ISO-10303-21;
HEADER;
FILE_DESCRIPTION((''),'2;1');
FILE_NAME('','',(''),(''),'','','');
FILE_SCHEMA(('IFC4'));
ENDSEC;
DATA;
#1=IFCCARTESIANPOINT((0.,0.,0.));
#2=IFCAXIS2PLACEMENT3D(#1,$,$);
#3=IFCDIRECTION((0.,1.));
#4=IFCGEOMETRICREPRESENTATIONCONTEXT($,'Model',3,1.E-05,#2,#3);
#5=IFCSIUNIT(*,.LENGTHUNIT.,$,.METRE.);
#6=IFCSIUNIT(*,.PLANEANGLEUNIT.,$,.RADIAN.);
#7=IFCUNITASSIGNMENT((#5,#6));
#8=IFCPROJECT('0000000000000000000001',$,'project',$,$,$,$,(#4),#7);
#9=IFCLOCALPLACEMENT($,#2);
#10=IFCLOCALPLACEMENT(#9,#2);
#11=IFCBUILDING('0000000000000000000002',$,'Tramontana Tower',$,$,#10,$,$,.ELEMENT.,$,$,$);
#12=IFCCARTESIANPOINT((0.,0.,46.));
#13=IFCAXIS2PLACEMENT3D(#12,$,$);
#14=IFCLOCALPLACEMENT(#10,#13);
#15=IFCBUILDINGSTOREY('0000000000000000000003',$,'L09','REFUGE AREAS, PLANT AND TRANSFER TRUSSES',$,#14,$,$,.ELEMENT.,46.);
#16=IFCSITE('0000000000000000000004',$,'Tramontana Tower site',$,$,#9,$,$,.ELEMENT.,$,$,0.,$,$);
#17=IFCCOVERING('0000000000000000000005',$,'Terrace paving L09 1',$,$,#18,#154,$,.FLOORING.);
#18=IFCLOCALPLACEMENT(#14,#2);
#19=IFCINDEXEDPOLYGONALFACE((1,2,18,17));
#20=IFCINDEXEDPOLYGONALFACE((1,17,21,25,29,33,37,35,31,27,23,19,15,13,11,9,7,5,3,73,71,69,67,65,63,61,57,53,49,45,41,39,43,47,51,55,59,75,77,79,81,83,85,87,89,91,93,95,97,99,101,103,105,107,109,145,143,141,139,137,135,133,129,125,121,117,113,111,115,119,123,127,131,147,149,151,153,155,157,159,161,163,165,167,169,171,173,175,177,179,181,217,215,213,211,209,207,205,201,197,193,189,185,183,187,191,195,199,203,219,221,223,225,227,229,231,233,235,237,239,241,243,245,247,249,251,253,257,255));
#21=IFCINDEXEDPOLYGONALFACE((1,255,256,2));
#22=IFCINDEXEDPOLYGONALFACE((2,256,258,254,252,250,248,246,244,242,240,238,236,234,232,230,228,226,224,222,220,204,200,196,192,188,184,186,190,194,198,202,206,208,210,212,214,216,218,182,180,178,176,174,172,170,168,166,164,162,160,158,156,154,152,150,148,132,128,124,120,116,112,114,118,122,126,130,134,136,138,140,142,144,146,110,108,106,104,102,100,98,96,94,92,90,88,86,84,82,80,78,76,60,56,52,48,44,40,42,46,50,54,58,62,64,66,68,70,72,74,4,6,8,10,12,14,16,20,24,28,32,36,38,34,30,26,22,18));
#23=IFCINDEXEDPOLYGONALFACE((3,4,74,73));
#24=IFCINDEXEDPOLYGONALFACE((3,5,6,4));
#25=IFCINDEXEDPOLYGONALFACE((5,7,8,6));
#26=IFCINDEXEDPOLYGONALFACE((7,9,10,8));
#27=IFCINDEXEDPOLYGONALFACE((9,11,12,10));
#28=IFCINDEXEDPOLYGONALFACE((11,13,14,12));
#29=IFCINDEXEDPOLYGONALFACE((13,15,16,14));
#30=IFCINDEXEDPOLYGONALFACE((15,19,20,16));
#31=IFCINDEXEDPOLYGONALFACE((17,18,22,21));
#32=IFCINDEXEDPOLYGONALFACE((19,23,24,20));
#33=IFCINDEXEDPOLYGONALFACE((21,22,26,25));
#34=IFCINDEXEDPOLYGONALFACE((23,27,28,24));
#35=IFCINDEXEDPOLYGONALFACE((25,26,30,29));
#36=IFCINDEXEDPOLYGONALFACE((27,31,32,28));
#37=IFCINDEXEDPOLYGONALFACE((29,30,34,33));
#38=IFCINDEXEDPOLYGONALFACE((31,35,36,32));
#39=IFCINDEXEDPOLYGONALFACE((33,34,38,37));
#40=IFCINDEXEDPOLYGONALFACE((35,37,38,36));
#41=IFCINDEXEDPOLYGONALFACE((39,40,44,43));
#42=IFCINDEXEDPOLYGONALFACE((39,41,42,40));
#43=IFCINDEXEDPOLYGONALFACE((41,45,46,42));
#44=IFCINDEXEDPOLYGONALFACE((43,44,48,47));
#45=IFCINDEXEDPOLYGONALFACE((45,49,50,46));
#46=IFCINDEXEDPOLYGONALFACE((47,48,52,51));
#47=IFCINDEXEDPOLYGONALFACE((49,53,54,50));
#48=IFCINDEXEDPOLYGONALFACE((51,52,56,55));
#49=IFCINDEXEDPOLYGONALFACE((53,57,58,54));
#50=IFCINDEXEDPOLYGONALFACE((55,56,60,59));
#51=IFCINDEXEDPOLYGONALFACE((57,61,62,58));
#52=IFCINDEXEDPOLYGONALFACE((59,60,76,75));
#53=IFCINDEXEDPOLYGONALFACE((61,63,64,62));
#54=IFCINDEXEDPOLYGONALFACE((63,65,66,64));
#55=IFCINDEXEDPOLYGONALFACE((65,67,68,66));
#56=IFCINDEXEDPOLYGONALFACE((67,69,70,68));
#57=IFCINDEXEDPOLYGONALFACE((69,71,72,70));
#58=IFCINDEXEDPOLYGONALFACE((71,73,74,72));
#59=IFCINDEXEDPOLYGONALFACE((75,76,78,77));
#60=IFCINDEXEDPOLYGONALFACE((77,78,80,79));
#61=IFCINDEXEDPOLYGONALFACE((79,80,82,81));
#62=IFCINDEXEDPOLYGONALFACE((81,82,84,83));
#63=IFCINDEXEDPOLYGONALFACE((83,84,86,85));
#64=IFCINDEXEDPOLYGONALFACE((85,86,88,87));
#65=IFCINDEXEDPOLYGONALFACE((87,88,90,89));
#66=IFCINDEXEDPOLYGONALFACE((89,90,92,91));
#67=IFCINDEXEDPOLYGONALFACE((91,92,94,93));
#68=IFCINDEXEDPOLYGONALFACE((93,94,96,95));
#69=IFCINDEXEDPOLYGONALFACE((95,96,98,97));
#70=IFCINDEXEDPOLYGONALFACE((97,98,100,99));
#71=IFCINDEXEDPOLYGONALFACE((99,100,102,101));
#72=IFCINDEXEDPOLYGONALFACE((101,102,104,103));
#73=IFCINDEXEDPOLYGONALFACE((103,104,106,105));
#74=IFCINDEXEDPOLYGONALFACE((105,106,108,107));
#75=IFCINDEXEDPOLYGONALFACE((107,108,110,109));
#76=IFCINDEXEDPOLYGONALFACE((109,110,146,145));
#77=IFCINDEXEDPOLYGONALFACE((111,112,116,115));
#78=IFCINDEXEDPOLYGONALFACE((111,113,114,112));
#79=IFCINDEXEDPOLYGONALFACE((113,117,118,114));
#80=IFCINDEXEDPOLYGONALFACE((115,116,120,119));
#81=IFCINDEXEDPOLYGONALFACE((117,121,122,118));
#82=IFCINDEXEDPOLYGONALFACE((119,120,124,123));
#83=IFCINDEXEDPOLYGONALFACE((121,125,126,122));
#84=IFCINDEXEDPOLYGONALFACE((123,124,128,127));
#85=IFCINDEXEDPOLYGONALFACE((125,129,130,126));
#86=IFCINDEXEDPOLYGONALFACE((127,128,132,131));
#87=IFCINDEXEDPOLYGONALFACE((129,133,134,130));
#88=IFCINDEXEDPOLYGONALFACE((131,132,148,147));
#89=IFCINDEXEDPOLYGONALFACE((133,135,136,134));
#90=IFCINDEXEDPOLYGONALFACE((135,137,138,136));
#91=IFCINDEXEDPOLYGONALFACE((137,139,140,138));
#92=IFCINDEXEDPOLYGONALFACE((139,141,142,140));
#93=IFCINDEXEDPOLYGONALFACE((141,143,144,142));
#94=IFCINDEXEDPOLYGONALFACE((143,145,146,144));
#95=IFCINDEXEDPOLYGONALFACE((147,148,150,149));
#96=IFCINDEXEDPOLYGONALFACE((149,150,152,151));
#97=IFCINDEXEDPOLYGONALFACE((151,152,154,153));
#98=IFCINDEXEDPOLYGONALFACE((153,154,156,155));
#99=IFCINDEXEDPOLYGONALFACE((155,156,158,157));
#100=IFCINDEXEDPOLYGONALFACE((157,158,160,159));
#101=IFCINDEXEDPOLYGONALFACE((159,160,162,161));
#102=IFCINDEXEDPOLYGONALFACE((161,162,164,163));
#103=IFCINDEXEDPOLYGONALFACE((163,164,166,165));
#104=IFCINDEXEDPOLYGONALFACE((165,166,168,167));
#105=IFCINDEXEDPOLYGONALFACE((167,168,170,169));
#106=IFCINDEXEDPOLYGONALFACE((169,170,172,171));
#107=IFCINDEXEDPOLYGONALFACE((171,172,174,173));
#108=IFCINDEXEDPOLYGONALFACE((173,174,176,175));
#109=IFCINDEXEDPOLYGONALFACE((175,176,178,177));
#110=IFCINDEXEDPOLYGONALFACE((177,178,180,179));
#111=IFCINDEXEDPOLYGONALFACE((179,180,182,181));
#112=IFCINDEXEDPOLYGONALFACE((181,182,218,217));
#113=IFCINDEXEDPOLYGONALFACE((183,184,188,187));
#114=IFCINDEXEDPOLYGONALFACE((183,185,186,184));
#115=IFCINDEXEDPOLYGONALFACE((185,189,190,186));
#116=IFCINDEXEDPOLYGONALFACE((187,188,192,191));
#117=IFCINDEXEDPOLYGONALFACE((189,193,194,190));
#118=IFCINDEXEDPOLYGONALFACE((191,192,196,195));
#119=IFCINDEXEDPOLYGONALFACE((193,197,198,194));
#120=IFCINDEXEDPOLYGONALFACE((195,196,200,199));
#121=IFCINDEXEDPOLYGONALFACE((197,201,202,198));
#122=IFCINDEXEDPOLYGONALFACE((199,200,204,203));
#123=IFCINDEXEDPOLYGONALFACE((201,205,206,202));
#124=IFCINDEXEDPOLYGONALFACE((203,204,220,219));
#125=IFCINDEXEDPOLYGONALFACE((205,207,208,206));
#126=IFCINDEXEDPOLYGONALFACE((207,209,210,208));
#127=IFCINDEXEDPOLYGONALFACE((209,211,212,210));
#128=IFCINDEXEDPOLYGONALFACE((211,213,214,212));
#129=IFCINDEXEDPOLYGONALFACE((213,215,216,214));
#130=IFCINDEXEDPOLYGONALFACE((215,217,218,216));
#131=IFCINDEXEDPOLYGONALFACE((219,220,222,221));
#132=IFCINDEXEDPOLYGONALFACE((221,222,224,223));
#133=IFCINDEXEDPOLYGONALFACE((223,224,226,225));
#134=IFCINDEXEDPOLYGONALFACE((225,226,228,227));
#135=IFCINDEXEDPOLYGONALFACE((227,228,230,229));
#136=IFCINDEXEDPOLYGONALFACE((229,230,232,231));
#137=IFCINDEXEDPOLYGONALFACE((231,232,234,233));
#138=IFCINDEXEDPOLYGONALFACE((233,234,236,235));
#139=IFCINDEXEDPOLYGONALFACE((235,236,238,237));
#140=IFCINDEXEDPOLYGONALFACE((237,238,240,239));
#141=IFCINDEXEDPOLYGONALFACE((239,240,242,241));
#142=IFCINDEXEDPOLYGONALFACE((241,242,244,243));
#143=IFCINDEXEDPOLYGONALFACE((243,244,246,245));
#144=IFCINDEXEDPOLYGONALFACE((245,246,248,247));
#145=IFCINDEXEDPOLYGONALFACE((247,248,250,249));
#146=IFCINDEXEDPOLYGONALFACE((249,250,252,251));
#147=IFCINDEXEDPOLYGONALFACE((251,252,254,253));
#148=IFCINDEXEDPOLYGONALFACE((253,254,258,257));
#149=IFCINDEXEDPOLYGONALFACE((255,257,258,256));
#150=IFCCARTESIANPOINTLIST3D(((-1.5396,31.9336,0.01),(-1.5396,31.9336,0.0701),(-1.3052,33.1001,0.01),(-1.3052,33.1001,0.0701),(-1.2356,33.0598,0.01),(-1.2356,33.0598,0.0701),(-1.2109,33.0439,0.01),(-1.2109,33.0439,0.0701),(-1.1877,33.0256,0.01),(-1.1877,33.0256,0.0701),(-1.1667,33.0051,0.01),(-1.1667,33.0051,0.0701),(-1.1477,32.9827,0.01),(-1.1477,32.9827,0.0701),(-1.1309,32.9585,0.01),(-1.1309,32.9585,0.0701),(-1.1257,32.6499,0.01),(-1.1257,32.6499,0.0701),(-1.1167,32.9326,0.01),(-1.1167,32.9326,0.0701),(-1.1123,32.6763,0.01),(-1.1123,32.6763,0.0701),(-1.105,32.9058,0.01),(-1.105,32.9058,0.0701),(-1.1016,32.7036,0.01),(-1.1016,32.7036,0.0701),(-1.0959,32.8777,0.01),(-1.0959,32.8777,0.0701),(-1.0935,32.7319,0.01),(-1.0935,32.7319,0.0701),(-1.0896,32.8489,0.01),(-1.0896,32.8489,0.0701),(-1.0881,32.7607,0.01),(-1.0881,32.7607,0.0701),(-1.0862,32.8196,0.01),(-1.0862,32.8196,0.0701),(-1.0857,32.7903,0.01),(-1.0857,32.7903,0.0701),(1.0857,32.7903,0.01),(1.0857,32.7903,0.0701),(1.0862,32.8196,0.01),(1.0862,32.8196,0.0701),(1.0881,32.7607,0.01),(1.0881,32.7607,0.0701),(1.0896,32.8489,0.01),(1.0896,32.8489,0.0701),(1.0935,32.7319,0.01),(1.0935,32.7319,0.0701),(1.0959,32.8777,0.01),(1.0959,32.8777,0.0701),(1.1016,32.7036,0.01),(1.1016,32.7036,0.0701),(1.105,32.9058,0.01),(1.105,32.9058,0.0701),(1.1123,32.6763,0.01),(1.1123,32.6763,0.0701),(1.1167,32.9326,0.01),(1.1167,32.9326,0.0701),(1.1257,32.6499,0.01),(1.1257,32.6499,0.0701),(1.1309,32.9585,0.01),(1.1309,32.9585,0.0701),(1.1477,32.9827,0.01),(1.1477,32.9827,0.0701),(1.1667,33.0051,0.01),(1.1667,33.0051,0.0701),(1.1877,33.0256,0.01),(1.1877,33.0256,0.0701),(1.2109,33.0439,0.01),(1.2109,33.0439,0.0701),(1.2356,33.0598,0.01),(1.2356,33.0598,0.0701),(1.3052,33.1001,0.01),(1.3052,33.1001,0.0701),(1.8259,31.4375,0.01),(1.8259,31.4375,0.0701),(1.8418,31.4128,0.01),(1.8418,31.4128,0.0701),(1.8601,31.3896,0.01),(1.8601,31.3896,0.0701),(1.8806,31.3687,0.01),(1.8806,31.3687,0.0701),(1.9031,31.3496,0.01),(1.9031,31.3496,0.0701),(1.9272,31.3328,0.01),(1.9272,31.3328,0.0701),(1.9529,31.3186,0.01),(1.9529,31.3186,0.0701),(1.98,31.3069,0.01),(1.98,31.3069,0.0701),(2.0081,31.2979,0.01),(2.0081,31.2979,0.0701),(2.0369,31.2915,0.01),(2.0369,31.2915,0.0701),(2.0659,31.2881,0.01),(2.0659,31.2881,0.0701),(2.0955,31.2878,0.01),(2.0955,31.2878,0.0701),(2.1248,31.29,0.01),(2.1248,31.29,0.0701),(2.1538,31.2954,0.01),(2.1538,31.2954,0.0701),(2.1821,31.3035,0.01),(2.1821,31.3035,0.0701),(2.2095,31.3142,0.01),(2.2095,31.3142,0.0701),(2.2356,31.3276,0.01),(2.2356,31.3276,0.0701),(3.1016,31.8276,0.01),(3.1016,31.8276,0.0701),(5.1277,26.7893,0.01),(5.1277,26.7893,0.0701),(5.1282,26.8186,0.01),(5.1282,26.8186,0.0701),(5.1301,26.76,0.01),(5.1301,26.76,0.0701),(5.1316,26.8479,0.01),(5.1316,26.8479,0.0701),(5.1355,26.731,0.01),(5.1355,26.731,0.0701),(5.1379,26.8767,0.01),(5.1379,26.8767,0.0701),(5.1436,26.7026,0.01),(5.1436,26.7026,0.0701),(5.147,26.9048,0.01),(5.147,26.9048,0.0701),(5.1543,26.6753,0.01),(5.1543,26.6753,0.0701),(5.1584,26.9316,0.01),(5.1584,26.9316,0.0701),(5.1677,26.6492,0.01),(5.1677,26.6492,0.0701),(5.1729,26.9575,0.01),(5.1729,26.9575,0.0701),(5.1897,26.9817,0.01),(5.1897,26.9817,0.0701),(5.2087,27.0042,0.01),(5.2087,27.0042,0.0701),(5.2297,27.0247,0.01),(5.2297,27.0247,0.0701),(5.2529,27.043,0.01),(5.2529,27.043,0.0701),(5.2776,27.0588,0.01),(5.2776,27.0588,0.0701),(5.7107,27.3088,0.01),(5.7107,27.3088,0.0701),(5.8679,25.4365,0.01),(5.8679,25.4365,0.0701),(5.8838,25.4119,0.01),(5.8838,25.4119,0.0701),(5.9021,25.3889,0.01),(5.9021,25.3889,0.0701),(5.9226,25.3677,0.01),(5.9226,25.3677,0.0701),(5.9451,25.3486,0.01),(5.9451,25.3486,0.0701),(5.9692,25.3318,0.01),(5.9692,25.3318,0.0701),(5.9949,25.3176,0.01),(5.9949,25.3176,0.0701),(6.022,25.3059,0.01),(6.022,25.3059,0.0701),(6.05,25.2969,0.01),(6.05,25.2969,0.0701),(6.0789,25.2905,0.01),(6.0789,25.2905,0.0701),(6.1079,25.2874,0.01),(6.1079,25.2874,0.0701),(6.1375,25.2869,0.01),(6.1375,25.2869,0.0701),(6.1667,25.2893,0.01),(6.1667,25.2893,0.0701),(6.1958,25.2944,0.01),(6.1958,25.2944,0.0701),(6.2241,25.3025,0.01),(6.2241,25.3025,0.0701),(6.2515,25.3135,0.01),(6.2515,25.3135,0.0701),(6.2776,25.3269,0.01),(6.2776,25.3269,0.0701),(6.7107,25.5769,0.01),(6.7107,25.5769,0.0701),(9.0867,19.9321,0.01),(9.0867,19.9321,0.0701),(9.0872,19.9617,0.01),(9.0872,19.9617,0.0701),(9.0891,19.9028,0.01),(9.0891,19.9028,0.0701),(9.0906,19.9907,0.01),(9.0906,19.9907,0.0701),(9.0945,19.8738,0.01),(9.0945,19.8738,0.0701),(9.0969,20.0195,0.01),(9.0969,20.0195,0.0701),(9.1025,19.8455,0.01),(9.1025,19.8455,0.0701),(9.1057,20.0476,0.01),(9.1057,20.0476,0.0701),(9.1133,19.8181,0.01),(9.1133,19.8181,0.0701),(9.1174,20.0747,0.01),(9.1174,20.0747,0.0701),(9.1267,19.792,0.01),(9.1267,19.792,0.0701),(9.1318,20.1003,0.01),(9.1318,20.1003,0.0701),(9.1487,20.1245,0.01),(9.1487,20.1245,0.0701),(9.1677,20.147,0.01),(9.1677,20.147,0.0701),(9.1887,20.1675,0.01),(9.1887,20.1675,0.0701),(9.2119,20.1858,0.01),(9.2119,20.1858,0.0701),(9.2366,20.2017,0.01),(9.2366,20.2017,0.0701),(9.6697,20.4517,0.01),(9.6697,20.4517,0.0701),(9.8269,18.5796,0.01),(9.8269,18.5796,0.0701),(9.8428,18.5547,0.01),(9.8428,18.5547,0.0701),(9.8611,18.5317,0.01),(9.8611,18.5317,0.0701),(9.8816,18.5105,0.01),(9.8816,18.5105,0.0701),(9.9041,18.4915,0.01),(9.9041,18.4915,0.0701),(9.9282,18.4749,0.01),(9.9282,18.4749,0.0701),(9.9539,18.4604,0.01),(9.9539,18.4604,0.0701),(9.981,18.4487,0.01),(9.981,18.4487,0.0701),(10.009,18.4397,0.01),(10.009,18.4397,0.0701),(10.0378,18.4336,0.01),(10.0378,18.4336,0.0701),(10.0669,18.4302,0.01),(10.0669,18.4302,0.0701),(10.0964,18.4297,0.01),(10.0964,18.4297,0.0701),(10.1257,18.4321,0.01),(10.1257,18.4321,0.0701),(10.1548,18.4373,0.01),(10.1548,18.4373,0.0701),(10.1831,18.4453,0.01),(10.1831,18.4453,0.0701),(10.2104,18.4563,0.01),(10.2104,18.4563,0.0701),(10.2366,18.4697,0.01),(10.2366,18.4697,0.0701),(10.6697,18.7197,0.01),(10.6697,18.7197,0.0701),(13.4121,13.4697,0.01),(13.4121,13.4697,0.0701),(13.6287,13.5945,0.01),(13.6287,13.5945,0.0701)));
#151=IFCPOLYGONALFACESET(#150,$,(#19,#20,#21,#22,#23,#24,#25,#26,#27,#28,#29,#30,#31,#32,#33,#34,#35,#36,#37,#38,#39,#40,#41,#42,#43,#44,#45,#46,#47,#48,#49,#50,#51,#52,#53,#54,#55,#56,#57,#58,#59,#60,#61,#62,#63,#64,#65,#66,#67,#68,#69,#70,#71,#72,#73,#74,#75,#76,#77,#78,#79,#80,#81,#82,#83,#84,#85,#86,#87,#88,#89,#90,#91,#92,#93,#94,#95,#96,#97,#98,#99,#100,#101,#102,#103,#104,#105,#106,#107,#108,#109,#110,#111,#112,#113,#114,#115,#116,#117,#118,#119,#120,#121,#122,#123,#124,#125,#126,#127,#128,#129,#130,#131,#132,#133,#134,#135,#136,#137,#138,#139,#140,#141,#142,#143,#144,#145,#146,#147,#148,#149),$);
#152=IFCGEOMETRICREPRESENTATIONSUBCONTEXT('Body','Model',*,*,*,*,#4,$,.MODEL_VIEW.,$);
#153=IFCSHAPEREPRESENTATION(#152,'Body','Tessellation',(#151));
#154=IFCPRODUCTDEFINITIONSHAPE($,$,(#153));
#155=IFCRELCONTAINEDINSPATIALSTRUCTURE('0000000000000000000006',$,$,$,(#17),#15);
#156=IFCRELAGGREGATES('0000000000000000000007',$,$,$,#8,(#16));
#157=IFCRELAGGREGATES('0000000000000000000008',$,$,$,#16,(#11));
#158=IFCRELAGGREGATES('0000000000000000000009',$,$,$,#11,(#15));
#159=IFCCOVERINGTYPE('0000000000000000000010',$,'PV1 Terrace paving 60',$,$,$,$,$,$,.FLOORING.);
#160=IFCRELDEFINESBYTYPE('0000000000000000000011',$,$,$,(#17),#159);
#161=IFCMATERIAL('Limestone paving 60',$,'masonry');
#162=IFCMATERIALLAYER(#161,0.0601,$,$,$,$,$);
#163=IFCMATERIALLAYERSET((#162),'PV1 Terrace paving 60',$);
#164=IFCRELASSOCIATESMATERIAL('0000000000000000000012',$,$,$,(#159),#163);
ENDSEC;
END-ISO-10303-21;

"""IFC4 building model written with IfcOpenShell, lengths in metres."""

from ifc_helpers import new_model, si_unit, direction, frame, origin, place, context, subcontext, project, spatial, polyline, outline, extrude, material, layer, layer_set, type_object, element, save


model = new_model("IFC4")

# Units and contexts
model_context = context("Model", 3, precision=1e-05, world=origin(), true_north=direction((0.0, 1.0)))
body_context = subcontext(model_context, "Body", "Model", "MODEL_VIEW")
ifc_project = project(units=[si_unit("LENGTHUNIT", "METRE"), si_unit("PLANEANGLEUNIT", "RADIAN")], contexts=[model_context])

# Site, building, storey
site_placement = place(None, origin())
site = spatial("IfcSite", under=ifc_project, at=site_placement, Name="Tramontana Tower site", CompositionType="ELEMENT", RefElevation=0.0)
building_placement = place(site_placement, origin())
building = spatial("IfcBuilding", under=site, at=building_placement, Name="Tramontana Tower", CompositionType="ELEMENT")
storey_placement = place(building_placement, frame((0.0, 0.0, 46.0)))
storey = spatial("IfcBuildingStorey", under=building, at=storey_placement, Name="L09", Description="REFUGE AREAS, PLANT AND TRANSFER TRUSSES", CompositionType="ELEMENT", Elevation=46.0)

# Covering
ifc_material_1 = material(Name="Limestone paving 60", Category="masonry")
ifc_layer_1 = layer(ifc_material_1, 0.0601)
ifc_layer_set_1 = layer_set([ifc_layer_1], Name="PV1 Terrace paving 60")
covering_type_1 = type_object("IfcCoveringType", Name="PV1 Terrace paving 60", PredefinedType="FLOORING", material=ifc_layer_set_1)
covering_1_placement = place(storey_placement, frame((0.0, 0.0, 0.01)))
element("IfcCovering", 1, at=covering_1_placement, inside=storey, type_object=covering_type_1, Name="Terrace paving L09 1", PredefinedType="FLOORING", context=body_context, shape_type="SweptSolid", body=[
    extrude(outline(polyline([(1.3052, 33.1001), (1.2356, 33.0598), (1.2109, 33.0439), (1.1877, 33.0256), (1.1667, 33.0051), (1.1477, 32.9827), (1.1309, 32.9585), (1.1167, 32.9326), (1.105, 32.9058), (1.0959, 32.8777), (1.0896, 32.8489), (1.0862, 32.8196), (1.0857, 32.7903), (1.0881, 32.7607), (1.0935, 32.7319), (1.1016, 32.7036), (1.1123, 32.6763), (1.1257, 32.6499), (1.8259, 31.4375), (1.8418, 31.4128), (1.8601, 31.3896), (1.8806, 31.3687), (1.9031, 31.3496), (1.9272, 31.3328), (1.9529, 31.3186), (1.98, 31.3069), (2.0081, 31.2979), (2.0369, 31.2915), (2.0659, 31.2881), (2.0955, 31.2878), (2.1248, 31.29), (2.1538, 31.2954), (2.1821, 31.3035), (2.2095, 31.3142), (2.2356, 31.3276), (3.1016, 31.8276), (5.7107, 27.3088), (5.2776, 27.0588), (5.2529, 27.043), (5.2297, 27.0247), (5.2087, 27.0042), (5.1897, 26.9817), (5.1729, 26.9575), (5.1584, 26.9316), (5.147, 26.9048), (5.1379, 26.8767), (5.1316, 26.8479), (5.1282, 26.8186), (5.1277, 26.7893), (5.1301, 26.76), (5.1355, 26.731), (5.1436, 26.7026), (5.1543, 26.6753), (5.1677, 26.6492), (5.8679, 25.4365), (5.8838, 25.4119), (5.9021, 25.3889), (5.9226, 25.3677), (5.9451, 25.3486), (5.9692, 25.3318), (5.9949, 25.3176), (6.022, 25.3059), (6.05, 25.2969), (6.0789, 25.2905), (6.1079, 25.2874), (6.1375, 25.2869), (6.1667, 25.2893), (6.1958, 25.2944), (6.2241, 25.3025), (6.2515, 25.3135), (6.2776, 25.3269), (6.7107, 25.5769), (9.6697, 20.4517), (9.2366, 20.2017), (9.2119, 20.1858), (9.1887, 20.1675), (9.1677, 20.147), (9.1487, 20.1245), (9.1318, 20.1003), (9.1174, 20.0747), (9.1057, 20.0476), (9.0969, 20.0195), (9.0906, 19.9907), (9.0872, 19.9617), (9.0867, 19.9321), (9.0891, 19.9028), (9.0945, 19.8738), (9.1025, 19.8455), (9.1133, 19.8181), (9.1267, 19.792), (9.8269, 18.5796), (9.8428, 18.5547), (9.8611, 18.5317), (9.8816, 18.5105), (9.9041, 18.4915), (9.9282, 18.4749), (9.9539, 18.4604), (9.981, 18.4487), (10.009, 18.4397), (10.0378, 18.4336), (10.0669, 18.4302), (10.0964, 18.4297), (10.1257, 18.4321), (10.1548, 18.4373), (10.1831, 18.4453), (10.2104, 18.4563), (10.2366, 18.4697), (10.6697, 18.7197), (13.6287, 13.5945), (13.4121, 13.4697), (-1.5396, 31.9336), (-1.1257, 32.6499), (-1.1123, 32.6763), (-1.1016, 32.7036), (-1.0935, 32.7319), (-1.0881, 32.7607), (-1.0857, 32.7903), (-1.0862, 32.8196), (-1.0896, 32.8489), (-1.0959, 32.8777), (-1.105, 32.9058), (-1.1167, 32.9326), (-1.1309, 32.9585), (-1.1477, 32.9827), (-1.1667, 33.0051), (-1.1877, 33.0256), (-1.2109, 33.0439), (-1.2356, 33.0598), (-1.3052, 33.1001), (1.3052, 33.1001)])), origin(), (0.0, 0.0, 1.0), 0.0601),
])

save(model, "model.ifc")
